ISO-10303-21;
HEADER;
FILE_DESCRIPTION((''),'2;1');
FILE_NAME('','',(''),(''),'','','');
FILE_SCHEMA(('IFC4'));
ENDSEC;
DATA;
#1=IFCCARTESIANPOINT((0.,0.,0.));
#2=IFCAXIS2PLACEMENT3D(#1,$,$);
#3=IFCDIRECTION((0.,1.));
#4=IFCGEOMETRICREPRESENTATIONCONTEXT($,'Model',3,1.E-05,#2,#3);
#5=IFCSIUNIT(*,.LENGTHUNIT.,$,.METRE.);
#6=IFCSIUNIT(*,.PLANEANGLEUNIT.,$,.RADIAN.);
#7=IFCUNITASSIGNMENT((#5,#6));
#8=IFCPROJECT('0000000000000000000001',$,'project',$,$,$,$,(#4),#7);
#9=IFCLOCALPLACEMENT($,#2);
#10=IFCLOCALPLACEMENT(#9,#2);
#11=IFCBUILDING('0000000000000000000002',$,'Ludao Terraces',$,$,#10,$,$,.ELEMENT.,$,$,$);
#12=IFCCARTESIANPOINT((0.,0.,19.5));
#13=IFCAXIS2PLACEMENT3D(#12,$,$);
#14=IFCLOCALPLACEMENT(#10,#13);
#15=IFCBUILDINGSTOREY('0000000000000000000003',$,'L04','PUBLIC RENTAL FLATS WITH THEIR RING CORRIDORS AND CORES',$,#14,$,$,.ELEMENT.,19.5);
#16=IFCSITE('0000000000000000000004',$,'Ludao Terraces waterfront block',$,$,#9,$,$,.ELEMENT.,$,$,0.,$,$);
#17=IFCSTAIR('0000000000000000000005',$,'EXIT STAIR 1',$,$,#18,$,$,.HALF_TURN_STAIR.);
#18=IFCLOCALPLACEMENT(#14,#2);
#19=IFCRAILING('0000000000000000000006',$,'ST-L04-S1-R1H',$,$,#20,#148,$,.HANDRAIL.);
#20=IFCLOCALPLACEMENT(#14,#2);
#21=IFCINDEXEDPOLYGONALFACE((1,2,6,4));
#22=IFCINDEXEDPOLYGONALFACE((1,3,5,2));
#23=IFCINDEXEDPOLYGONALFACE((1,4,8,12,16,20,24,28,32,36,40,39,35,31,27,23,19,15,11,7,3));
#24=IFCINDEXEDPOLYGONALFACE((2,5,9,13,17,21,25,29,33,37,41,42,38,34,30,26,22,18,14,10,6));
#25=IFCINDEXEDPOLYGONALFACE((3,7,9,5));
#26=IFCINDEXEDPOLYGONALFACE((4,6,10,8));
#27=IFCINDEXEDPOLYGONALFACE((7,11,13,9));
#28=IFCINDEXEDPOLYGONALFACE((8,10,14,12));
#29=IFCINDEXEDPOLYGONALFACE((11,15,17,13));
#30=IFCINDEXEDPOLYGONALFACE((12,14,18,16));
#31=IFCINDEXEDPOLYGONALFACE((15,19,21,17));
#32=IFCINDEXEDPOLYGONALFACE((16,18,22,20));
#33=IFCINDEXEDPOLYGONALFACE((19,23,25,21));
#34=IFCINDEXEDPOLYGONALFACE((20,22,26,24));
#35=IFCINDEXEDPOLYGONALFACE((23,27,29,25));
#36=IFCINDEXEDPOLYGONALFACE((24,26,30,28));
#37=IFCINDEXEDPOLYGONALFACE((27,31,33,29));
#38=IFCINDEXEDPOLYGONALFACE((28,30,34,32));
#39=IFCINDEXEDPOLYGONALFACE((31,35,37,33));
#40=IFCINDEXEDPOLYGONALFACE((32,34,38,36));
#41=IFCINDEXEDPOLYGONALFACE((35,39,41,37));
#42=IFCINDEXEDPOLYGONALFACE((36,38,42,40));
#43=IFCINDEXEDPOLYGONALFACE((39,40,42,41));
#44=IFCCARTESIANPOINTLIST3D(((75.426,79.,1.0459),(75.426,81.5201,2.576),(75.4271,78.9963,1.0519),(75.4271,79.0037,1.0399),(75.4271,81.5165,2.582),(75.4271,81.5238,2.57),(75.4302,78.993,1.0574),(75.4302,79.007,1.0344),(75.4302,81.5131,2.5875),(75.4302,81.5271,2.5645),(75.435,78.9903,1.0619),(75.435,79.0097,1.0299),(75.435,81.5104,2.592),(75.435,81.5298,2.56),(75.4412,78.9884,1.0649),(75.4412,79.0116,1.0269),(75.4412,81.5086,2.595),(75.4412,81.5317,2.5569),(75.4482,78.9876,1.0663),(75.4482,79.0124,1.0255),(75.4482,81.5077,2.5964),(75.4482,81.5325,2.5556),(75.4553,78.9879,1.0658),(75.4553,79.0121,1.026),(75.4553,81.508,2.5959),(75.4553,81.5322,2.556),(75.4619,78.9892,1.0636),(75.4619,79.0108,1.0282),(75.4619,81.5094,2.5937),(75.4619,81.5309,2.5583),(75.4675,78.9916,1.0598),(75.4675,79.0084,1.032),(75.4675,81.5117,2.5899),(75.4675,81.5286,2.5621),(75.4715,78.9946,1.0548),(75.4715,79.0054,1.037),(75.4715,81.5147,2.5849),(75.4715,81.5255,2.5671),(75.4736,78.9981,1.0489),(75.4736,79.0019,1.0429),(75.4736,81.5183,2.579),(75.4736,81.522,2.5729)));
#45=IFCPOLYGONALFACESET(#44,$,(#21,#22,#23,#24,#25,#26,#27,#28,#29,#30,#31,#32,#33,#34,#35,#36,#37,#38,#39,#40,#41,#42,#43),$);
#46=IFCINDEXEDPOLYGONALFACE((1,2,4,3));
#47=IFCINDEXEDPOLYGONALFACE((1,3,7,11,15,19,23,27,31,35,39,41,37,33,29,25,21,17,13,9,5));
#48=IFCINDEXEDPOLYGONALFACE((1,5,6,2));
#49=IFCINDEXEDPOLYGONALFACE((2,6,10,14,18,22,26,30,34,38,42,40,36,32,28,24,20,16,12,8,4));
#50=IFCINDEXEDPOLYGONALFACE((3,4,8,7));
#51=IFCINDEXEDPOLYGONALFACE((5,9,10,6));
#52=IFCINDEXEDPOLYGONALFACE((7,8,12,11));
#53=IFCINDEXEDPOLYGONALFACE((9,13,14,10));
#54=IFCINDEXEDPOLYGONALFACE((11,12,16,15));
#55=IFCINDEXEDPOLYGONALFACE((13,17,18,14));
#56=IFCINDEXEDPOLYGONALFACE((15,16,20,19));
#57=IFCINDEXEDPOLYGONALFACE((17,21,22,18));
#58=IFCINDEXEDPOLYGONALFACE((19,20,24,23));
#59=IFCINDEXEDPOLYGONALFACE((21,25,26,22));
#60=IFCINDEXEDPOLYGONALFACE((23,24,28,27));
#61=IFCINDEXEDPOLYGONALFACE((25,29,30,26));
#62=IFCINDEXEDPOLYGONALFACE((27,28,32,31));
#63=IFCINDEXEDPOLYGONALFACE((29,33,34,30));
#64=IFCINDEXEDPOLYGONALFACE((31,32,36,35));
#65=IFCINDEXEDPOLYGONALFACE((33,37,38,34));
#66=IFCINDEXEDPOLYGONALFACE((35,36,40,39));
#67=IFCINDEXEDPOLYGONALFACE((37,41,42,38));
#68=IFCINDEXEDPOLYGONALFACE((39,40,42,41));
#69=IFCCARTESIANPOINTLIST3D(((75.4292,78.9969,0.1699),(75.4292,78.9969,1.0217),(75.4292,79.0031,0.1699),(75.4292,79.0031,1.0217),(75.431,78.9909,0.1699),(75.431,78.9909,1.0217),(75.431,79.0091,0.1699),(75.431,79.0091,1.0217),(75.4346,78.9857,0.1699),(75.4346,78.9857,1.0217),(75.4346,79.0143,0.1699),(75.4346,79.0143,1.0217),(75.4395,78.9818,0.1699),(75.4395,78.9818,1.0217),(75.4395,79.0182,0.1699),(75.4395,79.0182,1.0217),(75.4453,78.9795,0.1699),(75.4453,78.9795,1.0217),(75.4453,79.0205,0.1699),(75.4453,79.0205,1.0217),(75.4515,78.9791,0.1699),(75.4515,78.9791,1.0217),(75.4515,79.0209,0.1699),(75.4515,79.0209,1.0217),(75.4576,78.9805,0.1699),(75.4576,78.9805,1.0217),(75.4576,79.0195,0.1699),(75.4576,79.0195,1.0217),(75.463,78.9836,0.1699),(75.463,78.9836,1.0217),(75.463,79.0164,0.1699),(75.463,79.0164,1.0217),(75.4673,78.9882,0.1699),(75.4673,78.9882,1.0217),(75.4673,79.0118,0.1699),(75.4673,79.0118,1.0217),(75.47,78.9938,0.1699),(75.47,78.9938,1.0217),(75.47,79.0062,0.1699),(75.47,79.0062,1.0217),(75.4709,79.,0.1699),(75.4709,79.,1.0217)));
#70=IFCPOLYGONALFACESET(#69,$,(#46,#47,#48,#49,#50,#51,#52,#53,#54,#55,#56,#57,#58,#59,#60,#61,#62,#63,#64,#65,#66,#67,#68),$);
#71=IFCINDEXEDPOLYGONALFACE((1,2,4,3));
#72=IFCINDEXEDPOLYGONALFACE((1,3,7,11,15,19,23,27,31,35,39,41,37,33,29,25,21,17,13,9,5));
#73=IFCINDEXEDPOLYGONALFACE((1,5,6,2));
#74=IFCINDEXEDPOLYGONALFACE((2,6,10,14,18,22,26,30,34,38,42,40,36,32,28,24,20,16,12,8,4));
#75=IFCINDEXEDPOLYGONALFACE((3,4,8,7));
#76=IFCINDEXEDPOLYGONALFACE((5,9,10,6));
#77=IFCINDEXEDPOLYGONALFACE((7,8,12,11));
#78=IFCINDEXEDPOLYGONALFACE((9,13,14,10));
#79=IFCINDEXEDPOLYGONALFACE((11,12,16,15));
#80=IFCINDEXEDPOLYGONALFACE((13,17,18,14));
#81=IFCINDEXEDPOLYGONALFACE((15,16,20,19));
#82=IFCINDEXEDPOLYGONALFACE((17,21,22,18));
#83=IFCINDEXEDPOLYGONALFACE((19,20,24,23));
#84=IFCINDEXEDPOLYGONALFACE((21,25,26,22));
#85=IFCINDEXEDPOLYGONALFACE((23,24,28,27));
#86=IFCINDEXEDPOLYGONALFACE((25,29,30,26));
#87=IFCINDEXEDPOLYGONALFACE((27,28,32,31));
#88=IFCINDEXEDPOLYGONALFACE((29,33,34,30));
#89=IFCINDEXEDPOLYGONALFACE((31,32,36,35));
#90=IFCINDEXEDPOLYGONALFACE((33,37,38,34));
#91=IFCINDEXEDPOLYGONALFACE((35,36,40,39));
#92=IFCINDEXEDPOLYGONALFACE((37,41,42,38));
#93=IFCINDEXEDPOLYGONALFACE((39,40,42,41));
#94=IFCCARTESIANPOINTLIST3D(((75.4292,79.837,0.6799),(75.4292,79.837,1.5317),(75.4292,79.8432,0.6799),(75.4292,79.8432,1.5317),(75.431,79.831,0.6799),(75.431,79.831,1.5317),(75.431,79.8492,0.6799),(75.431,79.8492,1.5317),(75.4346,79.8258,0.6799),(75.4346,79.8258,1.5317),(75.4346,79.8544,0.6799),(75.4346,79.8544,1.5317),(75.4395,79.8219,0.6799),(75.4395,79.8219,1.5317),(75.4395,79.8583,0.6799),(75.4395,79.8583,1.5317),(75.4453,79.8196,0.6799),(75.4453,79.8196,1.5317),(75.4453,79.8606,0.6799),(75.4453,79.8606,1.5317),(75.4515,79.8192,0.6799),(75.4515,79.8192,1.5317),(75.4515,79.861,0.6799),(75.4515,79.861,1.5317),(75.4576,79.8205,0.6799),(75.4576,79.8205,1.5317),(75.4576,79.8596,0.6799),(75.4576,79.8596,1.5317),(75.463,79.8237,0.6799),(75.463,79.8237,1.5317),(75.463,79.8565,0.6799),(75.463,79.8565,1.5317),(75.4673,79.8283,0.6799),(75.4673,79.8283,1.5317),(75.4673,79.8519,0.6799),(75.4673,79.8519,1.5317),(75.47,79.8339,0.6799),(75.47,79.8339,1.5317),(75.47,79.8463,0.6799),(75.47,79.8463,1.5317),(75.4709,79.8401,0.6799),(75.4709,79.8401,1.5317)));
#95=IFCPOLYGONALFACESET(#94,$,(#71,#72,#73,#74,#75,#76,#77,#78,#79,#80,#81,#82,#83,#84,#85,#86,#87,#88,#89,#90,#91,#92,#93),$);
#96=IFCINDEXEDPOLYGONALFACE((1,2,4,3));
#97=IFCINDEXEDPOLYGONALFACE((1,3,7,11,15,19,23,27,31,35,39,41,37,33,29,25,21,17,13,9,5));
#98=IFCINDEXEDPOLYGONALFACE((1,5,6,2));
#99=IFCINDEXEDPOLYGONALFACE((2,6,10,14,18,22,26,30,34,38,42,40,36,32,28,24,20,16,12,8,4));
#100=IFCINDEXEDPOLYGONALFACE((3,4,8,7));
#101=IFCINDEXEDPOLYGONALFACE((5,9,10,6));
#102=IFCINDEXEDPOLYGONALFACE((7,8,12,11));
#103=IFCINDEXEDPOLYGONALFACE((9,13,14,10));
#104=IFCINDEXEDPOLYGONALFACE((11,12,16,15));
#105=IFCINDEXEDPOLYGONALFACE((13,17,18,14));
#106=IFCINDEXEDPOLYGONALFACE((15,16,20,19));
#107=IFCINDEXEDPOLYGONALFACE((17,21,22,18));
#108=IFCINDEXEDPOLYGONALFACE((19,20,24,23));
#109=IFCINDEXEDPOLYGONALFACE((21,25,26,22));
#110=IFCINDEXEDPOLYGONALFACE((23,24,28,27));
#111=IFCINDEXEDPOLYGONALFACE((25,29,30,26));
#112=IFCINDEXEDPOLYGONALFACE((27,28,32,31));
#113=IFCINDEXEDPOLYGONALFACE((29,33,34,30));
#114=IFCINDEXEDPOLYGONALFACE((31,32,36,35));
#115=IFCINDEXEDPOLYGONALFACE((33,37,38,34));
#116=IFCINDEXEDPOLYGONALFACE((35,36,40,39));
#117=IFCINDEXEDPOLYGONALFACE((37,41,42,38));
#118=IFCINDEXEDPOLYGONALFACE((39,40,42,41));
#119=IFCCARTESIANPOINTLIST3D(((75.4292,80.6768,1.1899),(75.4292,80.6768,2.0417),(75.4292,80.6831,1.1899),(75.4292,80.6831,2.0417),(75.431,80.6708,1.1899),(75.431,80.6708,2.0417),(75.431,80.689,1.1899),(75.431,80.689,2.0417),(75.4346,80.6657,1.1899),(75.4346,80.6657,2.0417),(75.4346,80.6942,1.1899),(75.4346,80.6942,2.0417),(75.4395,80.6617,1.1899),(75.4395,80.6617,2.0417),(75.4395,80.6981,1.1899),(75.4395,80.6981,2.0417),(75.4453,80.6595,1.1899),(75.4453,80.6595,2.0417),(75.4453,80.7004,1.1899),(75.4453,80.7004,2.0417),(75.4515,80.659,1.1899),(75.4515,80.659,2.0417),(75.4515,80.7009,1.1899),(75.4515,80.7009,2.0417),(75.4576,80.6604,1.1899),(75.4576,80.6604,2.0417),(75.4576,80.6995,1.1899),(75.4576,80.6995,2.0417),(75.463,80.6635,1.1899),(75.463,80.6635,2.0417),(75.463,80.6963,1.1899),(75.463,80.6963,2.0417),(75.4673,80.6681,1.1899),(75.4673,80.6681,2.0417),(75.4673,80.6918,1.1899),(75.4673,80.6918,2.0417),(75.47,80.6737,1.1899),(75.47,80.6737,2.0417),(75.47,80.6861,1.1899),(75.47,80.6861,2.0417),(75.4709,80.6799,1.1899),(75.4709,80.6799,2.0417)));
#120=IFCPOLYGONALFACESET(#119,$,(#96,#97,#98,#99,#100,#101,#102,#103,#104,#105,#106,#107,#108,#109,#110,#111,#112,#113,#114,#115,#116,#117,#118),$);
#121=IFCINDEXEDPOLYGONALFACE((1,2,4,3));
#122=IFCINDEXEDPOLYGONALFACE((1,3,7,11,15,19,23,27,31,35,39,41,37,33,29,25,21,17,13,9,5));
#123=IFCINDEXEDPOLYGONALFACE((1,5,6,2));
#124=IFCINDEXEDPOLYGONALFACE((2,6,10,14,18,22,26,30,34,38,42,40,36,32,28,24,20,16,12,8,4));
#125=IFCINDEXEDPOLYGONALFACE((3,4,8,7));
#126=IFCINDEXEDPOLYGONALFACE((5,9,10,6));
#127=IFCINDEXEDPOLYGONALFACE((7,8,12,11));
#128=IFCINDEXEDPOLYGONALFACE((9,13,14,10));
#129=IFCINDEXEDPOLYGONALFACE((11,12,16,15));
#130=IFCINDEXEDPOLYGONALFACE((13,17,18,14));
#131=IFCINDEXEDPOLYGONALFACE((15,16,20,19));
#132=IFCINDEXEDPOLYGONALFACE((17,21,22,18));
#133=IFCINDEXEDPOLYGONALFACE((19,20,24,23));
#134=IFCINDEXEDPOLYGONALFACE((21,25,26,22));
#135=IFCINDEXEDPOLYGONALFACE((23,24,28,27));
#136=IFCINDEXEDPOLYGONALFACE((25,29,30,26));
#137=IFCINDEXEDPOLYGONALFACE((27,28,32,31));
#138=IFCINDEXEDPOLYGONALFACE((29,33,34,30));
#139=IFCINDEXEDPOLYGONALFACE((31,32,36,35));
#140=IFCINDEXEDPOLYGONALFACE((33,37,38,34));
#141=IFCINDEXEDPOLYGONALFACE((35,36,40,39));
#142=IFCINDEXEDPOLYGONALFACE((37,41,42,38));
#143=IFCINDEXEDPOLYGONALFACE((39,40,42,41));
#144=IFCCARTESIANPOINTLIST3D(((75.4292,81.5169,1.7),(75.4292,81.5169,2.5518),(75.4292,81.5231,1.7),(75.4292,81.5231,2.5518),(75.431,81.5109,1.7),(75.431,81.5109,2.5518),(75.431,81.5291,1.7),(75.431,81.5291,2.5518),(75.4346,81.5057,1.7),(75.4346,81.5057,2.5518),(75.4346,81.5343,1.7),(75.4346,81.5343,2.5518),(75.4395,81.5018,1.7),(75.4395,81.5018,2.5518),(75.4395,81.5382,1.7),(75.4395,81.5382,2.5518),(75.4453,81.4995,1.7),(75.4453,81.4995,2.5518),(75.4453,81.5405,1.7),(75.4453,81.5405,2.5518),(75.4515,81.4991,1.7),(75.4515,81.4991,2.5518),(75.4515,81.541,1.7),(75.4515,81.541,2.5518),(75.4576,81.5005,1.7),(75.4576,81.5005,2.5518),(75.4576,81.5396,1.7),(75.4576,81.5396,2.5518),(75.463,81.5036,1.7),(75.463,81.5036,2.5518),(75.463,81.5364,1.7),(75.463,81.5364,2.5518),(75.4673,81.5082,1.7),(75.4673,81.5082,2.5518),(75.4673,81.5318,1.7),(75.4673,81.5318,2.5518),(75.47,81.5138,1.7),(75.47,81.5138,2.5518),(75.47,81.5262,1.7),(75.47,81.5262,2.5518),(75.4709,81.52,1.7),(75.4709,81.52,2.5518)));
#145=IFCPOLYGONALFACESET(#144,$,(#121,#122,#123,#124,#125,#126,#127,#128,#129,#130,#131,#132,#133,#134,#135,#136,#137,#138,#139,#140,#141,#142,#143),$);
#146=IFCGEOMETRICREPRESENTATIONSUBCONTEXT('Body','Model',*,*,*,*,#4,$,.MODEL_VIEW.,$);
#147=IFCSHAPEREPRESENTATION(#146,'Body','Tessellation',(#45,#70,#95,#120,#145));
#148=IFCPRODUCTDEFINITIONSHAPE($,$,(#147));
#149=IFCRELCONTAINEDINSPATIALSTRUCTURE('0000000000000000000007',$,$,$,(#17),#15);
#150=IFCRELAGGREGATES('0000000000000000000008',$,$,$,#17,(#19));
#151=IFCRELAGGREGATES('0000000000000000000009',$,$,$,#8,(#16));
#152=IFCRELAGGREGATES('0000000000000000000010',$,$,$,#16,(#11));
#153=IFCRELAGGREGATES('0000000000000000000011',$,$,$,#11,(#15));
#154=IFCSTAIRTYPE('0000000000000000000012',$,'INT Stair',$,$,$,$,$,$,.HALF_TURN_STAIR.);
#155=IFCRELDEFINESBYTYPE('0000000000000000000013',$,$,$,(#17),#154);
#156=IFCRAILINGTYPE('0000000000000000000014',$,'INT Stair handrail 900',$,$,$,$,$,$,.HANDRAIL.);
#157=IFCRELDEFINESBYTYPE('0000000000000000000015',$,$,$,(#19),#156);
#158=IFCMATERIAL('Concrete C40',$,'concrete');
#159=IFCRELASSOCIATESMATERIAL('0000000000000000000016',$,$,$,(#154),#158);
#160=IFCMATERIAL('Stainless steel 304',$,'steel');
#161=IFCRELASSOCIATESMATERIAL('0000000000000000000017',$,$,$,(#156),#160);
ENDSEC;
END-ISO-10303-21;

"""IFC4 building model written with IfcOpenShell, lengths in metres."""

from ifc_helpers import new_model, si_unit, direction, frame, origin, origin_2d, place, context, subcontext, project, spatial, circle, extrude, material, type_object, element, aggregate, save


model = new_model("IFC4")

# Units and contexts
model_context = context("Model", 3, precision=1e-05, world=origin(), true_north=direction((0.0, 1.0)))
body_context = subcontext(model_context, "Body", "Model", "MODEL_VIEW")
ifc_project = project(units=[si_unit("LENGTHUNIT", "METRE"), si_unit("PLANEANGLEUNIT", "RADIAN")], contexts=[model_context])

# Site, building, storey
site_placement = place(None, origin())
site = spatial("IfcSite", under=ifc_project, at=site_placement, Name="Ludao Terraces waterfront block", CompositionType="ELEMENT", RefElevation=0.0)
building_placement = place(site_placement, origin())
building = spatial("IfcBuilding", under=site, at=building_placement, Name="Ludao Terraces", CompositionType="ELEMENT")
storey_placement = place(building_placement, frame((0.0, 0.0, 19.5)))
storey = spatial("IfcBuildingStorey", under=building, at=storey_placement, Name="L04", Description="PUBLIC RENTAL FLATS WITH THEIR RING CORRIDORS AND CORES", CompositionType="ELEMENT", Elevation=19.5)

# Stair, railing
ifc_material_1 = material(Name="Concrete C40", Category="concrete")
stair_type = type_object("IfcStairType", Name="INT Stair", PredefinedType="HALF_TURN_STAIR", material=ifc_material_1)
stair_placement = place(storey_placement, origin())
stair = element("IfcStair", 1, at=stair_placement, inside=storey, type_object=stair_type, Name="EXIT STAIR 1", PredefinedType="HALF_TURN_STAIR")
ifc_material_2 = material(Name="Stainless steel 304", Category="steel")
railing_type_1 = type_object("IfcRailingType", Name="INT Stair handrail 900", PredefinedType="HANDRAIL", material=ifc_material_2)
railing_1_placement = place(storey_placement, frame((75.45, 79.0, 0.1699)))
railing_1 = element("IfcRailing", 2, at=railing_1_placement, type_object=railing_type_1, Name="ST-L04-S1-R1H", PredefinedType="HANDRAIL", context=body_context, shape_type="SweptSolid", body=[
    extrude(circle(Radius=0.0239, at=origin_2d()), frame((0.0, 0.0, 0.876), z_axis=(0.0, 0.854785, 0.518982), x_axis=(-1.0, 0.0, 0.0)), (0.0, 0.0, 1.0), 2.9482),
    extrude(circle(Radius=0.021, at=origin_2d()), origin(), (0.0, 0.0, 1.0), 0.8518),
    extrude(circle(Radius=0.021, at=origin_2d()), frame((0.0, 0.8401, 0.51)), (0.0, 0.0, 1.0), 0.8518),
    extrude(circle(Radius=0.021, at=origin_2d()), frame((0.0, 1.6799, 1.02)), (0.0, 0.0, 1.0), 0.8518),
    extrude(circle(Radius=0.021, at=origin_2d()), frame((0.0, 2.52, 1.53)), (0.0, 0.0, 1.0), 0.8518),
])
aggregate(stair, [railing_1])

save(model, "model.ifc")
